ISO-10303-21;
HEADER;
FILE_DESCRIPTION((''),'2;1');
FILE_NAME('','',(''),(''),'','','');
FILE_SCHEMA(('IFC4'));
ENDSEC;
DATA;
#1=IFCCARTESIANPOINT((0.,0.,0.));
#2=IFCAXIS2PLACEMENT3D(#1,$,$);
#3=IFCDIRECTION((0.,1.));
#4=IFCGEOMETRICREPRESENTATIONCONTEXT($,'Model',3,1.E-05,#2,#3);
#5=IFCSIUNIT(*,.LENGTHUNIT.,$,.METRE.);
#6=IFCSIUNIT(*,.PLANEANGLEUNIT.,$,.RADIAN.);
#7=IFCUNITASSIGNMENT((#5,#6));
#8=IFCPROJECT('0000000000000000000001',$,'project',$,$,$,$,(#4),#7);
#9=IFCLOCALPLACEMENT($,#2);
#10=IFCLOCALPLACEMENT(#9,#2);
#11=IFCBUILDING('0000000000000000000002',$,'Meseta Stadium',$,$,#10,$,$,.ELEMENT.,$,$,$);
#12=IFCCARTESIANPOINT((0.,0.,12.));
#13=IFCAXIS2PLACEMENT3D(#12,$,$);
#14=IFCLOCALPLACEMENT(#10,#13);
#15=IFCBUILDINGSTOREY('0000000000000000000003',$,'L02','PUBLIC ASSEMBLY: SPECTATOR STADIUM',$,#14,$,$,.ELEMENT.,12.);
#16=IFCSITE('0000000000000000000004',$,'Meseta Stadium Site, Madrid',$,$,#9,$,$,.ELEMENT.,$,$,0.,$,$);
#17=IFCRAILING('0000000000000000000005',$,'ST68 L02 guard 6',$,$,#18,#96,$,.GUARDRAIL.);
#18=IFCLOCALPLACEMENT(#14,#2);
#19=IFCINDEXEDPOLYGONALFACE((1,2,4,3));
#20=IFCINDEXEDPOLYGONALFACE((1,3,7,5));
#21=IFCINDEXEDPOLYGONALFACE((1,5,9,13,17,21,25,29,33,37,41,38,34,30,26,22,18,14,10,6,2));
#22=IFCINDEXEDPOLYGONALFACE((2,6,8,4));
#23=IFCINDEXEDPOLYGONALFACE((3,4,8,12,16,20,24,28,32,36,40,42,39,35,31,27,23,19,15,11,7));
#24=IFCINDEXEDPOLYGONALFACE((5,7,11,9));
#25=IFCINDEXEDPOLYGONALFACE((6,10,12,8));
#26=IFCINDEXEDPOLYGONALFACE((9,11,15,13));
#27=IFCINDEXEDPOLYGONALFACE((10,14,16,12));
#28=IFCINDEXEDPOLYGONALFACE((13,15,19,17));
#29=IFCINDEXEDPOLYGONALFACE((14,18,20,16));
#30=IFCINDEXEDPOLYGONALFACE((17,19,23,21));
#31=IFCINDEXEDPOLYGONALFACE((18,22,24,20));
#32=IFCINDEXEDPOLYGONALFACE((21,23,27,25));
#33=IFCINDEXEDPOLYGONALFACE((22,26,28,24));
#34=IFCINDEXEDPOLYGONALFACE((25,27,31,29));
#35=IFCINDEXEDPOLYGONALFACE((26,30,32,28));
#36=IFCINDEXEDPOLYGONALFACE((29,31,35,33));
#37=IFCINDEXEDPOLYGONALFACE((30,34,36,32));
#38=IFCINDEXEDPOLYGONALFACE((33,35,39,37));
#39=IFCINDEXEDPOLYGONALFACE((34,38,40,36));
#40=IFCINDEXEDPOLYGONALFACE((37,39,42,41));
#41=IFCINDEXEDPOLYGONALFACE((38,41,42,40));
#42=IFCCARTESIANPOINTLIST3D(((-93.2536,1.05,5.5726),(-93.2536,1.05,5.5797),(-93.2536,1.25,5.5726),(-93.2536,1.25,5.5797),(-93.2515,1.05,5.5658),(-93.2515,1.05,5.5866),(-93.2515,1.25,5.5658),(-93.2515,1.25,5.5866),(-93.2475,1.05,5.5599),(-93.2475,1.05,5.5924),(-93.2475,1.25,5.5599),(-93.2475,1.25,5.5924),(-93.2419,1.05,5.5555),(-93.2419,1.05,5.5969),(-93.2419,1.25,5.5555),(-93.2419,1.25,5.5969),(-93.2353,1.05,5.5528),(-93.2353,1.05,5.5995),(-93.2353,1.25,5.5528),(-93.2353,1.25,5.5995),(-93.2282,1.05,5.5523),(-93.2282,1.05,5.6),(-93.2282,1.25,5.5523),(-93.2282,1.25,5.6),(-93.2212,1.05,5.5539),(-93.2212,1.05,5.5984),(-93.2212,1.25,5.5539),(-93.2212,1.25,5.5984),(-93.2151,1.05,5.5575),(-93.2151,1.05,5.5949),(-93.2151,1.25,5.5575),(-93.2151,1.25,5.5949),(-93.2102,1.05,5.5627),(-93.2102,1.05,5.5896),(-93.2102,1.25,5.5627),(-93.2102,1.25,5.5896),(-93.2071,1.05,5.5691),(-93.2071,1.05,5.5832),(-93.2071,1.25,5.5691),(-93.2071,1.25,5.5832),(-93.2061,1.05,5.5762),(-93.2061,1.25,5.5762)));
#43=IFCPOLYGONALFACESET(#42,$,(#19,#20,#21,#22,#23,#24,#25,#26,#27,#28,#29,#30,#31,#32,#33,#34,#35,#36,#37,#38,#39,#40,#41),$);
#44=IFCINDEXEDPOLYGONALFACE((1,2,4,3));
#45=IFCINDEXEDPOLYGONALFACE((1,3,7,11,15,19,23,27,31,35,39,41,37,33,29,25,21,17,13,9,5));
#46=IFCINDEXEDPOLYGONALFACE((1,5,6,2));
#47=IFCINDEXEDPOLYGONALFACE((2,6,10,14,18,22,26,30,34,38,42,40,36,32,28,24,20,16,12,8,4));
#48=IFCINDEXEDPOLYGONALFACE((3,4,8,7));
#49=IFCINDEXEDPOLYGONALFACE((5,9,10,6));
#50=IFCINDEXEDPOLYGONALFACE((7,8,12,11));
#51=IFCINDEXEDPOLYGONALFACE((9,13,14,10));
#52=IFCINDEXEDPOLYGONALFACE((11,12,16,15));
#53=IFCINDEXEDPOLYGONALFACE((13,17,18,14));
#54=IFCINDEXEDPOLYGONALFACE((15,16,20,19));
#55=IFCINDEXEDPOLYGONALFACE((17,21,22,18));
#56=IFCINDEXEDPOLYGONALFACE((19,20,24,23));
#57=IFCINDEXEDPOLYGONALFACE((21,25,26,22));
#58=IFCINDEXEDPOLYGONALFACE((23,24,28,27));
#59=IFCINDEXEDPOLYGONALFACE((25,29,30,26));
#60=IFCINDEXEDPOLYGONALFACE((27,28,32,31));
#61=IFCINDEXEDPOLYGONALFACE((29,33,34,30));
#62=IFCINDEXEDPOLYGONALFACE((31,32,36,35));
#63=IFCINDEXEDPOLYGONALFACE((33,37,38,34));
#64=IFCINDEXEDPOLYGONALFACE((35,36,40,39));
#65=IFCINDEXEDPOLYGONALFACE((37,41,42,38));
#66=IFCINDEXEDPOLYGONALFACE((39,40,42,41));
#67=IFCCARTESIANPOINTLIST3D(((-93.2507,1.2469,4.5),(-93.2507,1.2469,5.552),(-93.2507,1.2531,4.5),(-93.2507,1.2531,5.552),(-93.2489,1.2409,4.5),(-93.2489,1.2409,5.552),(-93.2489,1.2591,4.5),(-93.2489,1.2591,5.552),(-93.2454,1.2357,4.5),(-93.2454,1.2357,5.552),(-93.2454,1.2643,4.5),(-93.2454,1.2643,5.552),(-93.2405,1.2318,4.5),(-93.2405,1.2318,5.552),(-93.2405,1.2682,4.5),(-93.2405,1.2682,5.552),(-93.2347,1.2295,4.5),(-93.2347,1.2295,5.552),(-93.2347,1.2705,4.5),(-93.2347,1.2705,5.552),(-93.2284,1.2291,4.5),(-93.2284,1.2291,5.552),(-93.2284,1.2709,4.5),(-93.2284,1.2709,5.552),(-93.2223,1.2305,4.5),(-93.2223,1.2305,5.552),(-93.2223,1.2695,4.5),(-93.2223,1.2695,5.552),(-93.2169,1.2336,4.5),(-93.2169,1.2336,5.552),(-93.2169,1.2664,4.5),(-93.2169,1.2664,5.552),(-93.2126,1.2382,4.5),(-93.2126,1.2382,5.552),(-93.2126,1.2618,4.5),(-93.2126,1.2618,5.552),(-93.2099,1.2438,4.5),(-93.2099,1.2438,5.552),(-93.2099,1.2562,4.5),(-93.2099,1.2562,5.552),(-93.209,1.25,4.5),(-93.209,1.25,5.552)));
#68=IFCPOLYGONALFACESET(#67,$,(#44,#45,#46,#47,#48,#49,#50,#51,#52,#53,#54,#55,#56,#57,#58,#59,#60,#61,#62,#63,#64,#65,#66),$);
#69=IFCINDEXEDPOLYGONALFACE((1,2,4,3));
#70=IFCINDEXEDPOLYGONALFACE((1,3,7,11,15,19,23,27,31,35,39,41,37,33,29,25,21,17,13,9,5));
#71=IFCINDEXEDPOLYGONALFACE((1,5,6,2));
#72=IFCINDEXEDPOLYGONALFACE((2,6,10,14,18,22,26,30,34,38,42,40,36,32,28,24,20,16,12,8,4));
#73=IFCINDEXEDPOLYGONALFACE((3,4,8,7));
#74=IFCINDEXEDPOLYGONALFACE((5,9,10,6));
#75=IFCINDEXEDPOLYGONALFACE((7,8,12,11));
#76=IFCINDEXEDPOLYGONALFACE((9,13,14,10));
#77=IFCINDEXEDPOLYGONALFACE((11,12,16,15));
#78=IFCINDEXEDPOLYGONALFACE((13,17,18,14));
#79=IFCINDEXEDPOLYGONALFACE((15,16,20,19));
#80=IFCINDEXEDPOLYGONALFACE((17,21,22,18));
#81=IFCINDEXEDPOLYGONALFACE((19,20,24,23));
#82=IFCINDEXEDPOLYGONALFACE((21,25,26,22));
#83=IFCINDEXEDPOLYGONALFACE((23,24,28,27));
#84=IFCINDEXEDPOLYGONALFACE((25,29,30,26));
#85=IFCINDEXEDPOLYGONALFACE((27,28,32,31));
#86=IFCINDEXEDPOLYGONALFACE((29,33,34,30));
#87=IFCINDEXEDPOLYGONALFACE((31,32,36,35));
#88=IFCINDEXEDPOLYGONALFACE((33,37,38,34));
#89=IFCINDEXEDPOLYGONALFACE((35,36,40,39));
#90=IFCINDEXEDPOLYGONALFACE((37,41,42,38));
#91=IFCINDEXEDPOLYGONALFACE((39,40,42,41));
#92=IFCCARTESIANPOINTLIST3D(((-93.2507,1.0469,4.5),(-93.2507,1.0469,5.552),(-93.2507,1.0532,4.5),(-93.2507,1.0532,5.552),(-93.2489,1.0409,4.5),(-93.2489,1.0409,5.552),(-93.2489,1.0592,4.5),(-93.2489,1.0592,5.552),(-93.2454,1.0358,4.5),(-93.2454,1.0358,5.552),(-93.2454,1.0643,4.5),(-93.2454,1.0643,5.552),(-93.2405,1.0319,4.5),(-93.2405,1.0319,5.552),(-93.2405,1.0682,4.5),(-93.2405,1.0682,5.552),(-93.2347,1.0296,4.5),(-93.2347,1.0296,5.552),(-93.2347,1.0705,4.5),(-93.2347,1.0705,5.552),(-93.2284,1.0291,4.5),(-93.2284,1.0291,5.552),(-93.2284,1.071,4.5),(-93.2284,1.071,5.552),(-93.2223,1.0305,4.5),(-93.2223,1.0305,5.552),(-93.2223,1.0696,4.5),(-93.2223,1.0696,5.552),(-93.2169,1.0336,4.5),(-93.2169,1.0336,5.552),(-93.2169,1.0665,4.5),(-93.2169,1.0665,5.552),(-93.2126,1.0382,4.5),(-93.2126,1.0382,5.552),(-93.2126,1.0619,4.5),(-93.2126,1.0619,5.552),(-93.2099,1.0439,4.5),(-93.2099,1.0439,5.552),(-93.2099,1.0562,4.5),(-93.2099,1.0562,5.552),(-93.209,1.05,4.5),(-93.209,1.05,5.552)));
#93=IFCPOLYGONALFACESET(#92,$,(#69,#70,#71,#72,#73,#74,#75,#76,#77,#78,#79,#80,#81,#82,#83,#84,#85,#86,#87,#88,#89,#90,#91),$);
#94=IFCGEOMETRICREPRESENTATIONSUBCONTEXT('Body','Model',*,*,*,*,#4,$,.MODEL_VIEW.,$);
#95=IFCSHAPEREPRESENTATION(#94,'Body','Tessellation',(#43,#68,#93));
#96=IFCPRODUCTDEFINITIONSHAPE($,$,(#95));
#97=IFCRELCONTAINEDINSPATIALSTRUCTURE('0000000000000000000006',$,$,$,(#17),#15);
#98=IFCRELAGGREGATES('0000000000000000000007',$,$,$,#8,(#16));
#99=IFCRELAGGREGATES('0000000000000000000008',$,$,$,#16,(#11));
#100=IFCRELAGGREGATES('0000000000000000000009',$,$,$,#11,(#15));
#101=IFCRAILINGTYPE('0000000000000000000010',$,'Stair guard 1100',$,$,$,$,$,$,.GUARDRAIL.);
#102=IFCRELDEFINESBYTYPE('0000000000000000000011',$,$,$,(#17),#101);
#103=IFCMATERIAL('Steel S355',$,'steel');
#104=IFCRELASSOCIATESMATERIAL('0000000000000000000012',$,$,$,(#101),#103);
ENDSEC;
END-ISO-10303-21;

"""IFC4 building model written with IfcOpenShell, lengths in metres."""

from ifc_helpers import new_model, si_unit, direction, frame, origin, origin_2d, place, context, subcontext, project, spatial, circle, extrude, material, type_object, element, save


model = new_model("IFC4")

# Units and contexts
model_context = context("Model", 3, precision=1e-05, world=origin(), true_north=direction((0.0, 1.0)))
body_context = subcontext(model_context, "Body", "Model", "MODEL_VIEW")
ifc_project = project(units=[si_unit("LENGTHUNIT", "METRE"), si_unit("PLANEANGLEUNIT", "RADIAN")], contexts=[model_context])

# Site, building, storey
site_placement = place(None, origin())
site = spatial("IfcSite", under=ifc_project, at=site_placement, Name="Meseta Stadium Site, Madrid", CompositionType="ELEMENT", RefElevation=0.0)
building_placement = place(site_placement, origin())
building = spatial("IfcBuilding", under=site, at=building_placement, Name="Meseta Stadium", CompositionType="ELEMENT")
storey_placement = place(building_placement, frame((0.0, 0.0, 12.0)))
storey = spatial("IfcBuildingStorey", under=building, at=storey_placement, Name="L02", Description="PUBLIC ASSEMBLY: SPECTATOR STADIUM", CompositionType="ELEMENT", Elevation=12.0)

# Railing
ifc_material_1 = material(Name="Steel S355", Category="steel")
railing_type_1 = type_object("IfcRailingType", Name="Stair guard 1100", PredefinedType="GUARDRAIL", material=ifc_material_1)
railing_1_placement = place(storey_placement, frame((-93.23, 1.25, 4.5)))
element("IfcRailing", 1, at=railing_1_placement, inside=storey, type_object=railing_type_1, Name="ST68 L02 guard 6", PredefinedType="GUARDRAIL", context=body_context, shape_type="SweptSolid", body=[
    extrude(circle(Radius=0.0239, at=origin_2d()), frame((0.0, 0.0, 1.0762), z_axis=(0.0, -1.0, 0.0), x_axis=(1.0, 0.0, 0.0)), (0.0, 0.0, 1.0), 0.2),
    extrude(circle(Radius=0.021, at=origin_2d()), origin(), (0.0, 0.0, 1.0), 1.052),
    extrude(circle(Radius=0.021, at=origin_2d()), frame((0.0, -0.2, 0.0)), (0.0, 0.0, 1.0), 1.052),
])

save(model, "model.ifc")
